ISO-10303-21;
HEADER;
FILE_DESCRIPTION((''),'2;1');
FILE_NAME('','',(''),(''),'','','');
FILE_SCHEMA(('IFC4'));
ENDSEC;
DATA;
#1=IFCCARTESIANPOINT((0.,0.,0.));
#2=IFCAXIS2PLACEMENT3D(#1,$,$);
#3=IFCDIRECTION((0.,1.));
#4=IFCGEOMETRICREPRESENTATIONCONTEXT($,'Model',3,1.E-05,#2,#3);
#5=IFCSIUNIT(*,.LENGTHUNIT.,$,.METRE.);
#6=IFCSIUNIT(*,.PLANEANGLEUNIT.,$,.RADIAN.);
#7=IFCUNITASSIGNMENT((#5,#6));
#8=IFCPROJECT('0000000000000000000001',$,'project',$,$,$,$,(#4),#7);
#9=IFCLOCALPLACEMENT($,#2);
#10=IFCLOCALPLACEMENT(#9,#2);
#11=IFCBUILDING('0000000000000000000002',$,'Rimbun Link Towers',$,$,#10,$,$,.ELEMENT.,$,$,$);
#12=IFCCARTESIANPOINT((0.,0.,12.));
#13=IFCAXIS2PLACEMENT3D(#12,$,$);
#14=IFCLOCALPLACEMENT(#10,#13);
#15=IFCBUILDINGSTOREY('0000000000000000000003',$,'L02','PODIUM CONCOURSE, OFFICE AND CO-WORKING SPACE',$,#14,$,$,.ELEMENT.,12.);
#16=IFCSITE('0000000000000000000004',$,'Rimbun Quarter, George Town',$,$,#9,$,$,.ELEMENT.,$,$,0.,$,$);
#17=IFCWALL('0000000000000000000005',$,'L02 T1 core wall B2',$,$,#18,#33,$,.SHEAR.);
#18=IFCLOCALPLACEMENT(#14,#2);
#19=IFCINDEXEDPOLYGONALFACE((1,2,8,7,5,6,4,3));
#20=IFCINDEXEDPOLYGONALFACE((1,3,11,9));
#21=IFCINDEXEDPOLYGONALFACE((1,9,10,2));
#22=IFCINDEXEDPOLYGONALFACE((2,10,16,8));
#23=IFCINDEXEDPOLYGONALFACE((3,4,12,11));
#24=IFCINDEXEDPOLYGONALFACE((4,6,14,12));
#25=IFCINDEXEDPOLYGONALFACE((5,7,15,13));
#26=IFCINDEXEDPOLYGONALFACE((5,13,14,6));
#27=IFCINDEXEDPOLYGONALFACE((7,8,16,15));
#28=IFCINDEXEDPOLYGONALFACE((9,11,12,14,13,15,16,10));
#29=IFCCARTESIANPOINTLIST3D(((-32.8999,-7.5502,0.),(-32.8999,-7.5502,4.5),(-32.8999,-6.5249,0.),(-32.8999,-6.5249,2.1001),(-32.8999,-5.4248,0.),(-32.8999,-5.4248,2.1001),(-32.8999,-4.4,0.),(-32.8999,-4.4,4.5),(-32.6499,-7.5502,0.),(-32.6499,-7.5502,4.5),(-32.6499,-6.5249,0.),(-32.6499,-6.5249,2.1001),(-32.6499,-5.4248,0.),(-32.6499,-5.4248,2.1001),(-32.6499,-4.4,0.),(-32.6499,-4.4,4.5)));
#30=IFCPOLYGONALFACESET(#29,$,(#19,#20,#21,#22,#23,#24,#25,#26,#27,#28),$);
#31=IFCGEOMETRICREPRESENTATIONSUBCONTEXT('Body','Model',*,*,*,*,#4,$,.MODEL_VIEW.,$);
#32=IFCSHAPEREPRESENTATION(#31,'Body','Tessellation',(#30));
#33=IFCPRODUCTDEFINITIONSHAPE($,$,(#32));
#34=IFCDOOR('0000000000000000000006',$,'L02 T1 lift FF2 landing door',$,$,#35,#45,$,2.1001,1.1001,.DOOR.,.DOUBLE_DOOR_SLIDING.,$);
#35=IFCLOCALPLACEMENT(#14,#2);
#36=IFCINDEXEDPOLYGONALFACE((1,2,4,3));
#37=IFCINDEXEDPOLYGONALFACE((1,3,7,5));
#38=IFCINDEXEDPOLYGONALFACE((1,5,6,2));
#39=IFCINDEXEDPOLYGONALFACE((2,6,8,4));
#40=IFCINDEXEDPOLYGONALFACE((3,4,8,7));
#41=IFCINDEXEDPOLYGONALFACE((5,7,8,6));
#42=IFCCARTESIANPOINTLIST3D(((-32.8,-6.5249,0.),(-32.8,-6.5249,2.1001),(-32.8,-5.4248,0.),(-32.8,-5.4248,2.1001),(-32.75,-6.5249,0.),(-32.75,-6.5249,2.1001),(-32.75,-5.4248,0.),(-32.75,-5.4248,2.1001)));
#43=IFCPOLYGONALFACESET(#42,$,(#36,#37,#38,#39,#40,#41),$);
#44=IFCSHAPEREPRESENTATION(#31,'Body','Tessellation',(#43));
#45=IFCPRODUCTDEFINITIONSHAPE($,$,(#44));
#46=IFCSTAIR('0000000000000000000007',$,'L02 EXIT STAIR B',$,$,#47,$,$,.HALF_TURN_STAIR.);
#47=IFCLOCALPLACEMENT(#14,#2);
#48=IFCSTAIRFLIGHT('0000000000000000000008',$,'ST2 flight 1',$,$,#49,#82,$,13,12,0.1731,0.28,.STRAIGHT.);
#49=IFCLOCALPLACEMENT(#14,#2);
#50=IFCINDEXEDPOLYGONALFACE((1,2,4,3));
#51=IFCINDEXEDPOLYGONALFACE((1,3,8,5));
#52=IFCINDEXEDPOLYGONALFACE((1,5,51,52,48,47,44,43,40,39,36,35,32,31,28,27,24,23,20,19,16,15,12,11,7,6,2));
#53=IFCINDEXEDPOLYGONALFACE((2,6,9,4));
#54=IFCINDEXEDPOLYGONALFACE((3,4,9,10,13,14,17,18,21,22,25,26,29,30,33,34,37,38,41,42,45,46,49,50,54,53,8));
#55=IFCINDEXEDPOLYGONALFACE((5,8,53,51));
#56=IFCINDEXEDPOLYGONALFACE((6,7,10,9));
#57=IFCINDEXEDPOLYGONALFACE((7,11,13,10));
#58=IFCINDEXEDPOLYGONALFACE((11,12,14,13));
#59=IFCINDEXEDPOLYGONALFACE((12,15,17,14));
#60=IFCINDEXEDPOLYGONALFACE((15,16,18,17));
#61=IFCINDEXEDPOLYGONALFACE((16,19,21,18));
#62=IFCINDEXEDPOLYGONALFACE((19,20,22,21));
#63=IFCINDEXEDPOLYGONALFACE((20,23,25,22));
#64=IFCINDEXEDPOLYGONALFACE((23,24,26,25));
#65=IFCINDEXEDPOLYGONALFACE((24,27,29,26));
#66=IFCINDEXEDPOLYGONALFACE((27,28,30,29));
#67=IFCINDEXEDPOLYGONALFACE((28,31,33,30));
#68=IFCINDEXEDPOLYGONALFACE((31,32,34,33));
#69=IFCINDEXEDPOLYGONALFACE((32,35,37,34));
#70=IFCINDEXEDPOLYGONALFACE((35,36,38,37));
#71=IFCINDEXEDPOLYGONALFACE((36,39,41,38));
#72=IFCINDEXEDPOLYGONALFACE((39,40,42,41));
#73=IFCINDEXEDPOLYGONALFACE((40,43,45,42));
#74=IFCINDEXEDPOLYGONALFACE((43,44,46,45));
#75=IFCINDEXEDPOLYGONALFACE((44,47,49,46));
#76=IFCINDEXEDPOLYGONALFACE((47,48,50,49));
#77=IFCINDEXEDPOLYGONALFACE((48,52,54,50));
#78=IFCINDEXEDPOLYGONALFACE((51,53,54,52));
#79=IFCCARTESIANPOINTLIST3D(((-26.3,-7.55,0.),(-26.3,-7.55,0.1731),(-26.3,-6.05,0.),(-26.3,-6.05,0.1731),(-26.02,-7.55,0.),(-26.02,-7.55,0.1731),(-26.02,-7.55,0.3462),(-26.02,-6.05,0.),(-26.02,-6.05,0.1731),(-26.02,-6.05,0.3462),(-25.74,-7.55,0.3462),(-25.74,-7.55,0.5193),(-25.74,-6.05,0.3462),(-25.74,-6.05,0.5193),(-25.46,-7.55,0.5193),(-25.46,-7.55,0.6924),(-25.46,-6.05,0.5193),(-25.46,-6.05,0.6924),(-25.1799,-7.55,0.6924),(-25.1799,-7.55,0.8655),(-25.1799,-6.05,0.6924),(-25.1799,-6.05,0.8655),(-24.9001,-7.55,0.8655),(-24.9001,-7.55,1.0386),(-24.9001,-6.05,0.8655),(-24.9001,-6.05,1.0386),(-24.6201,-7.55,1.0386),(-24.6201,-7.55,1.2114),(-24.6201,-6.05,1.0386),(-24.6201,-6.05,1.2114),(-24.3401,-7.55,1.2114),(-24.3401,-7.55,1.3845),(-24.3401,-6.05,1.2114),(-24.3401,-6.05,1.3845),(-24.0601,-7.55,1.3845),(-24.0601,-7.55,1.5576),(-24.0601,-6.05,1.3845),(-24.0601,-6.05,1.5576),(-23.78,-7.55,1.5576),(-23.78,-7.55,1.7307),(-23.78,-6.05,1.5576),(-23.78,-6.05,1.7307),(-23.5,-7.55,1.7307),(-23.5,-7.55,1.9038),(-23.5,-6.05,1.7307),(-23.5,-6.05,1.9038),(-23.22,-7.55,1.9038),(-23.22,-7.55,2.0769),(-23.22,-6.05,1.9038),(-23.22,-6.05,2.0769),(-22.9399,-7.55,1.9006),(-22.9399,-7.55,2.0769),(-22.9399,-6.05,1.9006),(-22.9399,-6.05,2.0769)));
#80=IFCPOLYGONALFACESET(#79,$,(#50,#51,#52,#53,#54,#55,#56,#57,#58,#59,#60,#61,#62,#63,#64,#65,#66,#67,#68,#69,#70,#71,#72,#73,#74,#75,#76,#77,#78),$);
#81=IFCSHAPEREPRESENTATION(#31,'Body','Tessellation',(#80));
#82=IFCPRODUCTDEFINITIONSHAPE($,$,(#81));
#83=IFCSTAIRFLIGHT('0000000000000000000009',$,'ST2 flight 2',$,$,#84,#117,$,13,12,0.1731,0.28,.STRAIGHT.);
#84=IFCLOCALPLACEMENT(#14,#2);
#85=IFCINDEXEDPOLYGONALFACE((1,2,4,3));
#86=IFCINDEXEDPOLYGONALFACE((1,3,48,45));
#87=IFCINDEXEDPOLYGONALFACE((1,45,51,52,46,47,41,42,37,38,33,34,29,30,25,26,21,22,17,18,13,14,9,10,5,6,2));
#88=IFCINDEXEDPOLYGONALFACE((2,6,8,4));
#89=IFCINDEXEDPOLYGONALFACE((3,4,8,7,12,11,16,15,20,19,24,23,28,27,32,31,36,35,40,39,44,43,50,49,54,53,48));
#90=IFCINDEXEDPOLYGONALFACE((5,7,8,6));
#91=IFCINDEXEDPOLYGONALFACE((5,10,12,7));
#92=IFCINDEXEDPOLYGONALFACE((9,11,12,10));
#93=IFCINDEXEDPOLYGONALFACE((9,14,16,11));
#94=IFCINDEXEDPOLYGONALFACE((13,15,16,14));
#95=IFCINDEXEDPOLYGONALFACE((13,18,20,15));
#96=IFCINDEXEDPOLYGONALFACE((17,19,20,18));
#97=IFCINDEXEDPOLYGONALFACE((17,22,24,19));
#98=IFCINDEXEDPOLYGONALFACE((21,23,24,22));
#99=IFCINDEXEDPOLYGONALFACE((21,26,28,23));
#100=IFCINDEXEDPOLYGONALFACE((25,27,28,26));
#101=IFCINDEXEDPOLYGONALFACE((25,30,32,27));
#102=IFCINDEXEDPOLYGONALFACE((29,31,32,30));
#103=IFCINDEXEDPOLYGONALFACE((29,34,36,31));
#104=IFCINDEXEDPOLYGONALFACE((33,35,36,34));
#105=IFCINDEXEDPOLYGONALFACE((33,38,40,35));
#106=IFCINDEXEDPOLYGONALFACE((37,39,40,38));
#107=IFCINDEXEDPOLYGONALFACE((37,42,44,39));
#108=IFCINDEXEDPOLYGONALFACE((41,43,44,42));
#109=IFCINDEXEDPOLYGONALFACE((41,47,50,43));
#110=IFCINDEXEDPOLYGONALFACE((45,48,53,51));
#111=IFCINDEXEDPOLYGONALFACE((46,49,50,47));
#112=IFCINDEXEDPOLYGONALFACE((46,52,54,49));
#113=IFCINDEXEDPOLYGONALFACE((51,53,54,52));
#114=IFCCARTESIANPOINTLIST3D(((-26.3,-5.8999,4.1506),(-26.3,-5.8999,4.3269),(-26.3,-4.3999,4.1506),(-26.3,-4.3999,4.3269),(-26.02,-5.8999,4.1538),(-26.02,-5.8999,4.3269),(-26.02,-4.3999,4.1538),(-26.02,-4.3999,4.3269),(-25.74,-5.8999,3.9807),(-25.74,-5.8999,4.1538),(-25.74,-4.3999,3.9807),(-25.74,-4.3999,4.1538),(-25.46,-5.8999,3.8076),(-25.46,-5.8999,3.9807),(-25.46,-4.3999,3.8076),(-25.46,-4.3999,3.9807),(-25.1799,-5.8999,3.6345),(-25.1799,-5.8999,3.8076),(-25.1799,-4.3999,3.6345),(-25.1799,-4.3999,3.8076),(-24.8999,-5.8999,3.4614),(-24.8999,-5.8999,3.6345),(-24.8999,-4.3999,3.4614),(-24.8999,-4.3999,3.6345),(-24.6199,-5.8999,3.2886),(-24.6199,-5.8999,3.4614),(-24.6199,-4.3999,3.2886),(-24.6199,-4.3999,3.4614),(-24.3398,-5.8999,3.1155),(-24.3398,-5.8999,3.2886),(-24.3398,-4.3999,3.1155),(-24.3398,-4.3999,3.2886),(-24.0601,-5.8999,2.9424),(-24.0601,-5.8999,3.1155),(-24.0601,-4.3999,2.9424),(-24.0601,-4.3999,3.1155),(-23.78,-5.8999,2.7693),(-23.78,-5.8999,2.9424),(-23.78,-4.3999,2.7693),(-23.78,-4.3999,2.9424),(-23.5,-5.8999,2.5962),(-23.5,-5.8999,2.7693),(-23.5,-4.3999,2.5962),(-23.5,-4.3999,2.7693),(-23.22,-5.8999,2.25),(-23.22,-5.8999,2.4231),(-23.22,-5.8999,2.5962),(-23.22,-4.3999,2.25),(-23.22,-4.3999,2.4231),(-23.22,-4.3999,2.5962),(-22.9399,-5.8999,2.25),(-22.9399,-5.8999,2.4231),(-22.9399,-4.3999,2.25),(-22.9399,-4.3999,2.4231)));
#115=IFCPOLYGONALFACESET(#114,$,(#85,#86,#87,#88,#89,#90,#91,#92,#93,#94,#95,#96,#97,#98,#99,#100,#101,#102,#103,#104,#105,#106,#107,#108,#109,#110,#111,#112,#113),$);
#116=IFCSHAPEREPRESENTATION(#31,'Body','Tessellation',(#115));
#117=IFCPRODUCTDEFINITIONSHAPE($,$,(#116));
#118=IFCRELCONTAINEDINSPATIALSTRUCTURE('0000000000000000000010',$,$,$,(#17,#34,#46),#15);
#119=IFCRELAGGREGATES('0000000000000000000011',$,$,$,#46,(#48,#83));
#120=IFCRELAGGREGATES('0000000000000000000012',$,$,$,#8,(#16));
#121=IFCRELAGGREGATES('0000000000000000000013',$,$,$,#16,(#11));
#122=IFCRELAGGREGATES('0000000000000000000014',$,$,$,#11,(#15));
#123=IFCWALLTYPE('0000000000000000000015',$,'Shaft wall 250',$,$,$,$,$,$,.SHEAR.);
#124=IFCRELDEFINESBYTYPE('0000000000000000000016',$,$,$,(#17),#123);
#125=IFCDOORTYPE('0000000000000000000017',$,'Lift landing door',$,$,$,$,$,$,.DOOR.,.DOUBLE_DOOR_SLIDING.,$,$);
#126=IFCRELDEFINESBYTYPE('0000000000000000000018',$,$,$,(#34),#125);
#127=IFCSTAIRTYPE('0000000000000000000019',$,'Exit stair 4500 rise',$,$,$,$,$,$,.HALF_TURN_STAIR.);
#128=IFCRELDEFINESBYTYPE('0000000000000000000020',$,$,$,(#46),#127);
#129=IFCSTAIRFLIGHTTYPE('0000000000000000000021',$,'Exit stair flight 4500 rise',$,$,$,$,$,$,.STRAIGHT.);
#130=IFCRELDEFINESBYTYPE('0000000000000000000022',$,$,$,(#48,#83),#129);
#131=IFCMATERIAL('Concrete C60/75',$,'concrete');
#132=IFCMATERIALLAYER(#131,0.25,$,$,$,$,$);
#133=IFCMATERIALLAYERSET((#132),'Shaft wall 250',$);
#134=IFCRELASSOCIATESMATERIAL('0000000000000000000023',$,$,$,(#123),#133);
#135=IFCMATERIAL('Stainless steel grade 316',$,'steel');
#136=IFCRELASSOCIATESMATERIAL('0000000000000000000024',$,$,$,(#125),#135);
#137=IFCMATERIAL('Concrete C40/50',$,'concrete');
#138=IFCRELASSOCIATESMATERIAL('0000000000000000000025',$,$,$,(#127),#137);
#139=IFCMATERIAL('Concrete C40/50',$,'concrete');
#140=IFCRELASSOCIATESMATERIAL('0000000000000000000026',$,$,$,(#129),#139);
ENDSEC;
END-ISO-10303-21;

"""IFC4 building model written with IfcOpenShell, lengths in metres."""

from ifc_helpers import new_model, si_unit, direction, frame, frame_2d, origin, place, context, subcontext, project, spatial, polyline, rectangle, outline, extrude, material, layer, layer_set, type_object, element, fill, aggregate, save


model = new_model("IFC4")

# Units and contexts
model_context = context("Model", 3, precision=1e-05, world=origin(), true_north=direction((0.0, 1.0)))
body_context = subcontext(model_context, "Body", "Model", "MODEL_VIEW")
ifc_project = project(units=[si_unit("LENGTHUNIT", "METRE"), si_unit("PLANEANGLEUNIT", "RADIAN")], contexts=[model_context])

# Site, building, storey
site_placement = place(None, origin())
site = spatial("IfcSite", under=ifc_project, at=site_placement, Name="Rimbun Quarter, George Town", CompositionType="ELEMENT", RefElevation=0.0)
building_placement = place(site_placement, origin())
building = spatial("IfcBuilding", under=site, at=building_placement, Name="Rimbun Link Towers", CompositionType="ELEMENT")
storey_placement = place(building_placement, frame((0.0, 0.0, 12.0)))
storey = spatial("IfcBuildingStorey", under=building, at=storey_placement, Name="L02", Description="PODIUM CONCOURSE, OFFICE AND CO-WORKING SPACE", CompositionType="ELEMENT", Elevation=12.0)

# Shared definitions
ifc_material_1 = material(Name="Concrete C60/75", Category="concrete")
ifc_layer_1 = layer(ifc_material_1, 0.25)
ifc_layer_set_1 = layer_set([ifc_layer_1], Name="Shaft wall 250")
wall_type_1 = type_object("IfcWallType", Name="Shaft wall 250", PredefinedType="SHEAR", material=ifc_layer_set_1)

# Wall, opening, door
wall_1_placement = place(storey_placement, frame((-32.7749, -4.3999, 0.0), z_axis=(0.0, 0.0, 1.0), x_axis=(0.0, -1.0, 0.0)))
wall_1 = element("IfcWall", 1, at=wall_1_placement, inside=storey, type_object=wall_type_1, Name="L02 T1 core wall B2", PredefinedType="SHEAR", context=body_context, shape_type="SweptSolid", body=[
    extrude(rectangle(XDim=3.1501, YDim=0.25, at=frame_2d((1.5752, 0.0))), origin(), (0.0, 0.0, 1.0), 4.5),
])
opening_1_placement = place(wall_1_placement, frame((1.0249, 0.0, 0.0)))
opening_1 = element("IfcOpeningElement", 2, at=opening_1_placement, cuts=wall_1, PredefinedType="OPENING", context=body_context, shape_type="SweptSolid", body=[
    extrude(rectangle(XDim=1.1001, YDim=2.1001, at=frame_2d((0.55, 1.05))), frame((0.0, 0.135, 0.0), z_axis=(0.0, -1.0, 0.0), x_axis=(1.0, 0.0, 0.0)), (0.0, 0.0, 1.0), 0.27),
])
ifc_material_2 = material(Name="Stainless steel grade 316", Category="steel")
door_type_1 = type_object("IfcDoorType", Name="Lift landing door", OperationType="DOUBLE_DOOR_SLIDING", PredefinedType="DOOR", material=ifc_material_2)
door_1_placement = place(opening_1_placement, origin())
door_1 = element("IfcDoor", 3, at=door_1_placement, inside=storey, type_object=door_type_1, Name="L02 T1 lift FF2 landing door", OperationType="DOUBLE_DOOR_SLIDING", OverallHeight=2.1001, OverallWidth=1.1001, PredefinedType="DOOR", context=body_context, shape_type="SweptSolid", body=[
    extrude(rectangle(XDim=1.1001, YDim=2.1001, at=frame_2d((0.55, 1.05))), frame((0.0, 0.0249, 0.0), z_axis=(0.0, -1.0, 0.0), x_axis=(1.0, 0.0, 0.0)), (0.0, 0.0, 1.0), 0.05),
])
fill(opening_1, door_1)

# Stair, stair flights
ifc_material_3 = material(Name="Concrete C40/50", Category="concrete")
stair_type = type_object("IfcStairType", Name="Exit stair 4500 rise", PredefinedType="HALF_TURN_STAIR", material=ifc_material_3)
stair_placement = place(storey_placement, origin())
stair = element("IfcStair", 4, at=stair_placement, inside=storey, type_object=stair_type, Name="L02 EXIT STAIR B", PredefinedType="HALF_TURN_STAIR")
ifc_material_4 = material(Name="Concrete C40/50", Category="concrete")
stair_flight_type = type_object("IfcStairFlightType", Name="Exit stair flight 4500 rise", PredefinedType="STRAIGHT", material=ifc_material_4)
stair_flight_1_placement = place(storey_placement, frame((-26.3, -6.8, 0.0), z_axis=(0.0, 0.0, 1.0), x_axis=(1.0, 0.0, 0.0)))
stair_flight_1 = element("IfcStairFlight", 5, at=stair_flight_1_placement, type_object=stair_flight_type, Name="ST2 flight 1", NumberOfRisers=13, NumberOfTreads=12, PredefinedType="STRAIGHT", RiserHeight=0.1731, TreadLength=0.28, context=body_context, shape_type="SweptSolid", body=[
    extrude(outline(polyline([(0.0, 0.0), (0.0, 0.1731), (0.28, 0.1731), (0.28, 0.3462), (0.5601, 0.3462), (0.5601, 0.5193), (0.8401, 0.5193), (0.8401, 0.6924), (1.1201, 0.6924), (1.1201, 0.8655), (1.3999, 0.8655), (1.3999, 1.0386), (1.6799, 1.0386), (1.6799, 1.2114), (1.96, 1.2114), (1.96, 1.3845), (2.24, 1.3845), (2.24, 1.5576), (2.52, 1.5576), (2.52, 1.7307), (2.8, 1.7307), (2.8, 1.9038), (3.0801, 1.9038), (3.0801, 2.0769), (3.3601, 2.0769), (3.3601, 2.25), (3.3601, 1.9006), (0.28, 0.0), (0.0, 0.0)])), frame((0.0, 0.75, 0.0), z_axis=(0.0, -1.0, 0.0), x_axis=(1.0, 0.0, 0.0)), (0.0, 0.0, 1.0), 1.5),
])
stair_flight_2_placement = place(storey_placement, frame((-22.9399, -5.1499, 2.25), z_axis=(0.0, 0.0, 1.0), x_axis=(-1.0, 0.0, 0.0)))
stair_flight_2 = element("IfcStairFlight", 6, at=stair_flight_2_placement, type_object=stair_flight_type, Name="ST2 flight 2", NumberOfRisers=13, NumberOfTreads=12, PredefinedType="STRAIGHT", RiserHeight=0.1731, TreadLength=0.28, context=body_context, shape_type="SweptSolid", body=[
    extrude(outline(polyline([(0.0, 0.0), (0.0, 0.1731), (0.28, 0.1731), (0.28, 0.3462), (0.5601, 0.3462), (0.5601, 0.5193), (0.8401, 0.5193), (0.8401, 0.6924), (1.1201, 0.6924), (1.1201, 0.8655), (1.3999, 0.8655), (1.3999, 1.0386), (1.6799, 1.0386), (1.6799, 1.2114), (1.96, 1.2114), (1.96, 1.3845), (2.24, 1.3845), (2.24, 1.5576), (2.52, 1.5576), (2.52, 1.7307), (2.8, 1.7307), (2.8, 1.9038), (3.0801, 1.9038), (3.0801, 2.0769), (3.3601, 2.0769), (3.3601, 2.25), (3.3601, 1.9006), (0.28, 0.0), (0.0, 0.0)])), frame((0.0, 0.75, 0.0), z_axis=(0.0, -1.0, 0.0), x_axis=(1.0, 0.0, 0.0)), (0.0, 0.0, 1.0), 1.5),
])
aggregate(stair, [stair_flight_1, stair_flight_2])

save(model, "model.ifc")
